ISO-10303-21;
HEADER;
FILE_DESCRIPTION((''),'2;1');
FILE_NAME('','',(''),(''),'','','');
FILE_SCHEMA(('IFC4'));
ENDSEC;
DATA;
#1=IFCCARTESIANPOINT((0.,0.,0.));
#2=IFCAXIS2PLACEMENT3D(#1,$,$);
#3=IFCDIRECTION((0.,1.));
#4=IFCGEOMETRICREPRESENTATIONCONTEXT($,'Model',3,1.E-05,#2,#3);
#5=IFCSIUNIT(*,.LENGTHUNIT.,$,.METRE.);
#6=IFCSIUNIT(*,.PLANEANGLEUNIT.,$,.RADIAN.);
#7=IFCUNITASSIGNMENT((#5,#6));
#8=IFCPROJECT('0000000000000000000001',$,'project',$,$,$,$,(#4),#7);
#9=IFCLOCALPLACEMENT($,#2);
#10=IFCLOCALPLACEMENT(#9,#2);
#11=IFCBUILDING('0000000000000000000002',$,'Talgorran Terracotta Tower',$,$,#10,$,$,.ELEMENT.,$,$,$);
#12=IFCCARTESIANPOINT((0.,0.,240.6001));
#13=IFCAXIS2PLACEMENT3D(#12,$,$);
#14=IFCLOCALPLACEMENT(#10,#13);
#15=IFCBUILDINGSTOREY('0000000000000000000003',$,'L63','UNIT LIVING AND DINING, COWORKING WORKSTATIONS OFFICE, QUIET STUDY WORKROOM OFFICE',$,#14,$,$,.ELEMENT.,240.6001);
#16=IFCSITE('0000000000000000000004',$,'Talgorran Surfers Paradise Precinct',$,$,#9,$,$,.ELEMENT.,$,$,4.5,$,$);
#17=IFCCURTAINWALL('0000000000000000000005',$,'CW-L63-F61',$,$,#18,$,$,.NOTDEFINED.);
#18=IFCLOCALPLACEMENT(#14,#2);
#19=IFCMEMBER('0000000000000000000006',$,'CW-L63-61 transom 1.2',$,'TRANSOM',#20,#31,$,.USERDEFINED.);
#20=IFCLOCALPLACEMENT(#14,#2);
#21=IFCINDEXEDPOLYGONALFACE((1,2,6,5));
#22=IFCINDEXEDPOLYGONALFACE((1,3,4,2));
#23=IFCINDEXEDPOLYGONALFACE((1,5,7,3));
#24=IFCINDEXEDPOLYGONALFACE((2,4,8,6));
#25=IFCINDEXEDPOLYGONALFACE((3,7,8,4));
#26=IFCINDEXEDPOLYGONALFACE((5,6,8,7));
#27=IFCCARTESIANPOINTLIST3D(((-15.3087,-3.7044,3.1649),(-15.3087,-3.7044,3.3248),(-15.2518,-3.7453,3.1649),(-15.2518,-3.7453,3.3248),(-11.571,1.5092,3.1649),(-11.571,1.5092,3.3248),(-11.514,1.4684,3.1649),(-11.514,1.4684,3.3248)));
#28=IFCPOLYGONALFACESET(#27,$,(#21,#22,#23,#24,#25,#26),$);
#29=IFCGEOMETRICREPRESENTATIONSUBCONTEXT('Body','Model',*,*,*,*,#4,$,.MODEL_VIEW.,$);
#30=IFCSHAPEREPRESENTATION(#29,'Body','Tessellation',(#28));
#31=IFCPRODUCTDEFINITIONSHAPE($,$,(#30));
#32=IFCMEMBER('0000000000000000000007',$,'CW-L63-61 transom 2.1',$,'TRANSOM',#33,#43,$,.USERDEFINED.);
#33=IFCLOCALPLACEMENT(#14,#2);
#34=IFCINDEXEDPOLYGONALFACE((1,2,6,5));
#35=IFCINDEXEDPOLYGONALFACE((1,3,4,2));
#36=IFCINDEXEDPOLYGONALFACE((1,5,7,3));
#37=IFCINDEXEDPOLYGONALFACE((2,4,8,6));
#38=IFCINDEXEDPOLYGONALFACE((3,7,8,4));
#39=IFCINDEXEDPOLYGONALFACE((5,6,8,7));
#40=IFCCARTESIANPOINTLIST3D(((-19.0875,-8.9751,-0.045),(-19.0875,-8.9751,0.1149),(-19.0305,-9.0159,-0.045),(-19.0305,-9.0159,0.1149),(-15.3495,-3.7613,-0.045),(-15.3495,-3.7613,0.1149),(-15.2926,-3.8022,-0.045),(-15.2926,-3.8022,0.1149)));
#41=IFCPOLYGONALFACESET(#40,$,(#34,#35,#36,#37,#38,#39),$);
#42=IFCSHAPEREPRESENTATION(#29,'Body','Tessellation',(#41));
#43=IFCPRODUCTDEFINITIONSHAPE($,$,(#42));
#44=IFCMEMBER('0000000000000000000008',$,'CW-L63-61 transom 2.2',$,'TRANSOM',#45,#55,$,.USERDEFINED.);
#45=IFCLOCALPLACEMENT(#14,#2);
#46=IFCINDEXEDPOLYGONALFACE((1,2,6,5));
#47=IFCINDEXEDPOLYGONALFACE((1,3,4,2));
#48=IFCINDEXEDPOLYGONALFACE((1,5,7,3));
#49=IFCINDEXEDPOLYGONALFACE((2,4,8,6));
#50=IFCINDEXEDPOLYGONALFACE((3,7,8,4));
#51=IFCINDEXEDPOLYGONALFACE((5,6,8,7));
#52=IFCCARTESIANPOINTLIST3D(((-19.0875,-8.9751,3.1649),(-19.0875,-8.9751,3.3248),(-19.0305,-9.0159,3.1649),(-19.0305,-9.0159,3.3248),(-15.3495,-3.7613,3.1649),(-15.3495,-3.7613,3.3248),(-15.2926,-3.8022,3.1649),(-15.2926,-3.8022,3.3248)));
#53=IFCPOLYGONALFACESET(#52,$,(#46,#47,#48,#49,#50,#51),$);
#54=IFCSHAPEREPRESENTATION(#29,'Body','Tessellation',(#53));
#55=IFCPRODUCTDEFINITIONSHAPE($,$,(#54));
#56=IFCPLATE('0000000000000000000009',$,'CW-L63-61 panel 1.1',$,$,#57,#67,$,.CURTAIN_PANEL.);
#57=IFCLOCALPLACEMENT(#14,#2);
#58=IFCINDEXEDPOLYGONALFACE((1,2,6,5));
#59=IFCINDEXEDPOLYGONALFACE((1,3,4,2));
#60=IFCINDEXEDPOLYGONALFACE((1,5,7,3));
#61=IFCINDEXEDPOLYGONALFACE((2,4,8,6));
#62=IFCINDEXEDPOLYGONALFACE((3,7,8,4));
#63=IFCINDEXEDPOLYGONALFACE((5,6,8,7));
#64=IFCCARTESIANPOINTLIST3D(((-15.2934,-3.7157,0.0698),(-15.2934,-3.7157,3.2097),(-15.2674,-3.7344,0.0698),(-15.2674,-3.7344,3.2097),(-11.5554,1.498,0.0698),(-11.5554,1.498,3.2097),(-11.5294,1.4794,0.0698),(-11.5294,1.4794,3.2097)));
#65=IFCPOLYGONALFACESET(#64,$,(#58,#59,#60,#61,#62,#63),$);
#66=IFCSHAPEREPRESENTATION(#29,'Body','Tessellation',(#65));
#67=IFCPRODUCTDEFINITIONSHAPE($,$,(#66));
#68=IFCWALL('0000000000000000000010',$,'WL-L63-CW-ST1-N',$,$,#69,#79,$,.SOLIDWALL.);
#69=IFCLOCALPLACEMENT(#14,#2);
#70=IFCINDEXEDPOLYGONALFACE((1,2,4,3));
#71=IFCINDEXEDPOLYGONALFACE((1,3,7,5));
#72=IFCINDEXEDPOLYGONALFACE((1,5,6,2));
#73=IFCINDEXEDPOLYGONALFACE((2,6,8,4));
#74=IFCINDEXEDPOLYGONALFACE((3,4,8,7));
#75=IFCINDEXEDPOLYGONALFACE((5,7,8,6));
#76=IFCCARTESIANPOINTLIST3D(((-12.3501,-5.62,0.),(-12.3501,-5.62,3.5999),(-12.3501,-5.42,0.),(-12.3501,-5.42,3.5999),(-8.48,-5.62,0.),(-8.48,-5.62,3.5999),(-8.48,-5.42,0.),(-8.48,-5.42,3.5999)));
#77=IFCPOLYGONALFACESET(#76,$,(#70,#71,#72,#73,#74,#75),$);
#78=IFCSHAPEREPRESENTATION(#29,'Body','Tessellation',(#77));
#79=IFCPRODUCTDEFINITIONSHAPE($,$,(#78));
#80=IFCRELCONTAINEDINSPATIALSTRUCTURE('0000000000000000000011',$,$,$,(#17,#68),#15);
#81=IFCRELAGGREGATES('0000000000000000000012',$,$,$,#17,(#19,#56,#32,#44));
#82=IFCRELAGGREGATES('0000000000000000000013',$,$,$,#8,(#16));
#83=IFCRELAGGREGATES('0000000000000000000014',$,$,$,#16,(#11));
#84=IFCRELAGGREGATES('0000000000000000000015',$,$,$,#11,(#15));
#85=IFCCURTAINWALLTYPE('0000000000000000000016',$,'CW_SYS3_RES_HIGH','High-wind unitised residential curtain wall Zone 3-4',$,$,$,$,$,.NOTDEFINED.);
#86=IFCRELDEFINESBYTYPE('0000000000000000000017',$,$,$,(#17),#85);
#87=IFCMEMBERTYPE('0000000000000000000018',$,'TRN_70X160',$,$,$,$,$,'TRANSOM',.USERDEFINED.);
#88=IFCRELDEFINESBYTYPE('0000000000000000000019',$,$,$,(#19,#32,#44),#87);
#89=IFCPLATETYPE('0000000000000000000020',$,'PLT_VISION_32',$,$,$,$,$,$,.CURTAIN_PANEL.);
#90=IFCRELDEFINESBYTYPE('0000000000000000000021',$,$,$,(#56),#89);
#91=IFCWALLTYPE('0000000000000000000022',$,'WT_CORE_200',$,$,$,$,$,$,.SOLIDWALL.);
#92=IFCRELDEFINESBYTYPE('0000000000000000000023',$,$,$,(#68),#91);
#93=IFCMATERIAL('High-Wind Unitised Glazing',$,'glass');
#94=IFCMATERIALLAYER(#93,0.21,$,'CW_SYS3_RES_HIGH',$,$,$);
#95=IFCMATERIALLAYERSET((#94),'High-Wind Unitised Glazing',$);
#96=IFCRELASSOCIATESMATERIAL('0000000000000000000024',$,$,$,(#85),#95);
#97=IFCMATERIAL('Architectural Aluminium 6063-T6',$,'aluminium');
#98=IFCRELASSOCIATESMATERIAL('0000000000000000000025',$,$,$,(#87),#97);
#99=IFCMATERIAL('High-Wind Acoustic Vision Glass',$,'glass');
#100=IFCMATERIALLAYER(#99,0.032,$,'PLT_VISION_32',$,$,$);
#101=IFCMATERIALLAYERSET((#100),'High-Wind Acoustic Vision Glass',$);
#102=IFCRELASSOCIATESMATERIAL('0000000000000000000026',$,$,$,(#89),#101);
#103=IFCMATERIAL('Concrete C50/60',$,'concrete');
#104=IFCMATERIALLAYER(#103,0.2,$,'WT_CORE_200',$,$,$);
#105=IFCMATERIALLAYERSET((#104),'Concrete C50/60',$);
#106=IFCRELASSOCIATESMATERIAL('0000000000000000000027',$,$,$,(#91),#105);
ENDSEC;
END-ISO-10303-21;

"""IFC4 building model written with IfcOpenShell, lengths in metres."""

from ifc_helpers import new_model, si_unit, direction, frame, frame_2d, origin, origin_2d, place, context, subcontext, project, spatial, rectangle, extrude, source, transform, mapped, material, layer, layer_set, material_profile, profile_set, type_object, type_shapes, element, aggregate, save


model = new_model("IFC4")

# Units and contexts
model_context = context("Model", 3, precision=1e-05, world=origin(), true_north=direction((0.0, 1.0)))
body_context = subcontext(model_context, "Body", "Model", "MODEL_VIEW")
ifc_project = project(units=[si_unit("LENGTHUNIT", "METRE"), si_unit("PLANEANGLEUNIT", "RADIAN")], contexts=[model_context])

# Site, building, storey
site_placement = place(None, origin())
site = spatial("IfcSite", under=ifc_project, at=site_placement, Name="Talgorran Surfers Paradise Precinct", CompositionType="ELEMENT", RefElevation=4.5)
building_placement = place(site_placement, origin())
building = spatial("IfcBuilding", under=site, at=building_placement, Name="Talgorran Terracotta Tower", CompositionType="ELEMENT")
storey_placement = place(building_placement, frame((0.0, 0.0, 240.6001)))
storey = spatial("IfcBuildingStorey", under=building, at=storey_placement, Name="L63", Description="UNIT LIVING AND DINING, COWORKING WORKSTATIONS OFFICE, QUIET STUDY WORKROOM OFFICE", CompositionType="ELEMENT", Elevation=240.6001)

# Curtain wall, members, plate
ifc_material_1 = material(Name="High-Wind Unitised Glazing", Category="glass")
ifc_layer_1 = layer(ifc_material_1, 0.21, Name="CW_SYS3_RES_HIGH")
ifc_layer_set_1 = layer_set([ifc_layer_1], Name="High-Wind Unitised Glazing")
curtain_wall_type = type_object("IfcCurtainWallType", Name="CW_SYS3_RES_HIGH", Description="High-wind unitised residential curtain wall Zone 3-4", PredefinedType="NOTDEFINED", material=ifc_layer_set_1)
curtain_wall_placement = place(storey_placement, origin())
curtain_wall = element("IfcCurtainWall", 1, at=curtain_wall_placement, inside=storey, type_object=curtain_wall_type, Name="CW-L63-F61", PredefinedType="NOTDEFINED")
ifc_material_2 = material(Name="Architectural Aluminium 6063-T6", Category="aluminium")
ifc_material_profile_1 = material_profile(ifc_material_2, rectangle(XDim=0.0701, YDim=0.1599, at=origin_2d()), Name="CWT70X160")
ifc_profile_set_1 = profile_set([ifc_material_profile_1], Name="Architectural Aluminium 6063-T6")
member_type_1 = type_object("IfcMemberType", Name="TRN_70X160", ElementType="TRANSOM", PredefinedType="USERDEFINED", material=ifc_profile_set_1)
member_1_placement = place(storey_placement, frame((-11.5425, 1.4888, 3.2449), z_axis=(-0.582659, -0.812717, 0.0), x_axis=(0.812717, -0.582659, 0.0)))
member_1 = element("IfcMember", 2, at=member_1_placement, type_object=member_type_1, Name="CW-L63-61 transom 1.2", ObjectType="TRANSOM", PredefinedType="USERDEFINED", context=body_context, shape_type="SweptSolid", body=[
    extrude(rectangle(XDim=0.0701, YDim=0.1599, at=origin_2d()), origin(), (0.0, 0.0, 1.0), 6.415),
])
member_2_placement = place(storey_placement, frame((-15.321, -3.7817, 0.0349), z_axis=(-0.582666, -0.812711, 0.0), x_axis=(0.812711, -0.582666, 0.0)))
member_2 = element("IfcMember", 3, at=member_2_placement, type_object=member_type_1, Name="CW-L63-61 transom 2.1", ObjectType="TRANSOM", PredefinedType="USERDEFINED", context=body_context, shape_type="SweptSolid", body=[
    extrude(rectangle(XDim=0.0701, YDim=0.1599, at=origin_2d()), origin(), (0.0, 0.0, 1.0), 6.4153),
])
member_3_placement = place(storey_placement, frame((-15.321, -3.7817, 3.2449), z_axis=(-0.582666, -0.812711, 0.0), x_axis=(0.812711, -0.582666, 0.0)))
member_3 = element("IfcMember", 4, at=member_3_placement, type_object=member_type_1, Name="CW-L63-61 transom 2.2", ObjectType="TRANSOM", PredefinedType="USERDEFINED", context=body_context, shape_type="SweptSolid", body=[
    extrude(rectangle(XDim=0.0701, YDim=0.1599, at=origin_2d()), origin(), (0.0, 0.0, 1.0), 6.4153),
])
ifc_material_3 = material(Name="High-Wind Acoustic Vision Glass", Category="glass")
ifc_layer_2 = layer(ifc_material_3, 0.032, Name="PLT_VISION_32")
ifc_layer_set_2 = layer_set([ifc_layer_2], Name="High-Wind Acoustic Vision Glass")
plate_type = type_object("IfcPlateType", Name="PLT_VISION_32", PredefinedType="CURTAIN_PANEL", material=ifc_layer_set_2)
shared_shape = source(origin(), body_context, "Body", "SweptSolid", [
    extrude(rectangle(XDim=6.4153, YDim=0.032, at=origin_2d()), origin(), (0.0, 0.0, 1.0), 3.1399),
])
type_shapes(plate_type, [shared_shape])
plate_placement = place(storey_placement, frame((-13.4114, -1.1182, 0.0698), z_axis=(0.0, 0.0, 1.0), x_axis=(-0.582667, -0.812711, 0.0)))
plate = element("IfcPlate", 5, at=plate_placement, type_object=plate_type, Name="CW-L63-61 panel 1.1", PredefinedType="CURTAIN_PANEL", context=body_context, shape_type="MappedRepresentation", body=[
    mapped(shared_shape, transform((0.0, 0.0, 0.0), scale=1.0)),
])
aggregate(curtain_wall, [member_1, plate, member_2, member_3])

# Wall
ifc_material_4 = material(Name="Concrete C50/60", Category="concrete")
ifc_layer_3 = layer(ifc_material_4, 0.2, Name="WT_CORE_200")
ifc_layer_set_3 = layer_set([ifc_layer_3], Name="Concrete C50/60")
wall_type_1 = type_object("IfcWallType", Name="WT_CORE_200", PredefinedType="SOLIDWALL", material=ifc_layer_set_3)
wall_1_placement = place(storey_placement, frame((-12.3501, -5.52, 0.0), z_axis=(0.0, 0.0, 1.0), x_axis=(1.0, 0.0, 0.0)))
element("IfcWall", 6, at=wall_1_placement, inside=storey, type_object=wall_type_1, Name="WL-L63-CW-ST1-N", PredefinedType="SOLIDWALL", context=body_context, shape_type="SweptSolid", body=[
    extrude(rectangle(XDim=3.8701, YDim=0.2, at=frame_2d((1.9351, 0.0))), origin(), (0.0, 0.0, 1.0), 3.5999),
])

save(model, "model.ifc")
